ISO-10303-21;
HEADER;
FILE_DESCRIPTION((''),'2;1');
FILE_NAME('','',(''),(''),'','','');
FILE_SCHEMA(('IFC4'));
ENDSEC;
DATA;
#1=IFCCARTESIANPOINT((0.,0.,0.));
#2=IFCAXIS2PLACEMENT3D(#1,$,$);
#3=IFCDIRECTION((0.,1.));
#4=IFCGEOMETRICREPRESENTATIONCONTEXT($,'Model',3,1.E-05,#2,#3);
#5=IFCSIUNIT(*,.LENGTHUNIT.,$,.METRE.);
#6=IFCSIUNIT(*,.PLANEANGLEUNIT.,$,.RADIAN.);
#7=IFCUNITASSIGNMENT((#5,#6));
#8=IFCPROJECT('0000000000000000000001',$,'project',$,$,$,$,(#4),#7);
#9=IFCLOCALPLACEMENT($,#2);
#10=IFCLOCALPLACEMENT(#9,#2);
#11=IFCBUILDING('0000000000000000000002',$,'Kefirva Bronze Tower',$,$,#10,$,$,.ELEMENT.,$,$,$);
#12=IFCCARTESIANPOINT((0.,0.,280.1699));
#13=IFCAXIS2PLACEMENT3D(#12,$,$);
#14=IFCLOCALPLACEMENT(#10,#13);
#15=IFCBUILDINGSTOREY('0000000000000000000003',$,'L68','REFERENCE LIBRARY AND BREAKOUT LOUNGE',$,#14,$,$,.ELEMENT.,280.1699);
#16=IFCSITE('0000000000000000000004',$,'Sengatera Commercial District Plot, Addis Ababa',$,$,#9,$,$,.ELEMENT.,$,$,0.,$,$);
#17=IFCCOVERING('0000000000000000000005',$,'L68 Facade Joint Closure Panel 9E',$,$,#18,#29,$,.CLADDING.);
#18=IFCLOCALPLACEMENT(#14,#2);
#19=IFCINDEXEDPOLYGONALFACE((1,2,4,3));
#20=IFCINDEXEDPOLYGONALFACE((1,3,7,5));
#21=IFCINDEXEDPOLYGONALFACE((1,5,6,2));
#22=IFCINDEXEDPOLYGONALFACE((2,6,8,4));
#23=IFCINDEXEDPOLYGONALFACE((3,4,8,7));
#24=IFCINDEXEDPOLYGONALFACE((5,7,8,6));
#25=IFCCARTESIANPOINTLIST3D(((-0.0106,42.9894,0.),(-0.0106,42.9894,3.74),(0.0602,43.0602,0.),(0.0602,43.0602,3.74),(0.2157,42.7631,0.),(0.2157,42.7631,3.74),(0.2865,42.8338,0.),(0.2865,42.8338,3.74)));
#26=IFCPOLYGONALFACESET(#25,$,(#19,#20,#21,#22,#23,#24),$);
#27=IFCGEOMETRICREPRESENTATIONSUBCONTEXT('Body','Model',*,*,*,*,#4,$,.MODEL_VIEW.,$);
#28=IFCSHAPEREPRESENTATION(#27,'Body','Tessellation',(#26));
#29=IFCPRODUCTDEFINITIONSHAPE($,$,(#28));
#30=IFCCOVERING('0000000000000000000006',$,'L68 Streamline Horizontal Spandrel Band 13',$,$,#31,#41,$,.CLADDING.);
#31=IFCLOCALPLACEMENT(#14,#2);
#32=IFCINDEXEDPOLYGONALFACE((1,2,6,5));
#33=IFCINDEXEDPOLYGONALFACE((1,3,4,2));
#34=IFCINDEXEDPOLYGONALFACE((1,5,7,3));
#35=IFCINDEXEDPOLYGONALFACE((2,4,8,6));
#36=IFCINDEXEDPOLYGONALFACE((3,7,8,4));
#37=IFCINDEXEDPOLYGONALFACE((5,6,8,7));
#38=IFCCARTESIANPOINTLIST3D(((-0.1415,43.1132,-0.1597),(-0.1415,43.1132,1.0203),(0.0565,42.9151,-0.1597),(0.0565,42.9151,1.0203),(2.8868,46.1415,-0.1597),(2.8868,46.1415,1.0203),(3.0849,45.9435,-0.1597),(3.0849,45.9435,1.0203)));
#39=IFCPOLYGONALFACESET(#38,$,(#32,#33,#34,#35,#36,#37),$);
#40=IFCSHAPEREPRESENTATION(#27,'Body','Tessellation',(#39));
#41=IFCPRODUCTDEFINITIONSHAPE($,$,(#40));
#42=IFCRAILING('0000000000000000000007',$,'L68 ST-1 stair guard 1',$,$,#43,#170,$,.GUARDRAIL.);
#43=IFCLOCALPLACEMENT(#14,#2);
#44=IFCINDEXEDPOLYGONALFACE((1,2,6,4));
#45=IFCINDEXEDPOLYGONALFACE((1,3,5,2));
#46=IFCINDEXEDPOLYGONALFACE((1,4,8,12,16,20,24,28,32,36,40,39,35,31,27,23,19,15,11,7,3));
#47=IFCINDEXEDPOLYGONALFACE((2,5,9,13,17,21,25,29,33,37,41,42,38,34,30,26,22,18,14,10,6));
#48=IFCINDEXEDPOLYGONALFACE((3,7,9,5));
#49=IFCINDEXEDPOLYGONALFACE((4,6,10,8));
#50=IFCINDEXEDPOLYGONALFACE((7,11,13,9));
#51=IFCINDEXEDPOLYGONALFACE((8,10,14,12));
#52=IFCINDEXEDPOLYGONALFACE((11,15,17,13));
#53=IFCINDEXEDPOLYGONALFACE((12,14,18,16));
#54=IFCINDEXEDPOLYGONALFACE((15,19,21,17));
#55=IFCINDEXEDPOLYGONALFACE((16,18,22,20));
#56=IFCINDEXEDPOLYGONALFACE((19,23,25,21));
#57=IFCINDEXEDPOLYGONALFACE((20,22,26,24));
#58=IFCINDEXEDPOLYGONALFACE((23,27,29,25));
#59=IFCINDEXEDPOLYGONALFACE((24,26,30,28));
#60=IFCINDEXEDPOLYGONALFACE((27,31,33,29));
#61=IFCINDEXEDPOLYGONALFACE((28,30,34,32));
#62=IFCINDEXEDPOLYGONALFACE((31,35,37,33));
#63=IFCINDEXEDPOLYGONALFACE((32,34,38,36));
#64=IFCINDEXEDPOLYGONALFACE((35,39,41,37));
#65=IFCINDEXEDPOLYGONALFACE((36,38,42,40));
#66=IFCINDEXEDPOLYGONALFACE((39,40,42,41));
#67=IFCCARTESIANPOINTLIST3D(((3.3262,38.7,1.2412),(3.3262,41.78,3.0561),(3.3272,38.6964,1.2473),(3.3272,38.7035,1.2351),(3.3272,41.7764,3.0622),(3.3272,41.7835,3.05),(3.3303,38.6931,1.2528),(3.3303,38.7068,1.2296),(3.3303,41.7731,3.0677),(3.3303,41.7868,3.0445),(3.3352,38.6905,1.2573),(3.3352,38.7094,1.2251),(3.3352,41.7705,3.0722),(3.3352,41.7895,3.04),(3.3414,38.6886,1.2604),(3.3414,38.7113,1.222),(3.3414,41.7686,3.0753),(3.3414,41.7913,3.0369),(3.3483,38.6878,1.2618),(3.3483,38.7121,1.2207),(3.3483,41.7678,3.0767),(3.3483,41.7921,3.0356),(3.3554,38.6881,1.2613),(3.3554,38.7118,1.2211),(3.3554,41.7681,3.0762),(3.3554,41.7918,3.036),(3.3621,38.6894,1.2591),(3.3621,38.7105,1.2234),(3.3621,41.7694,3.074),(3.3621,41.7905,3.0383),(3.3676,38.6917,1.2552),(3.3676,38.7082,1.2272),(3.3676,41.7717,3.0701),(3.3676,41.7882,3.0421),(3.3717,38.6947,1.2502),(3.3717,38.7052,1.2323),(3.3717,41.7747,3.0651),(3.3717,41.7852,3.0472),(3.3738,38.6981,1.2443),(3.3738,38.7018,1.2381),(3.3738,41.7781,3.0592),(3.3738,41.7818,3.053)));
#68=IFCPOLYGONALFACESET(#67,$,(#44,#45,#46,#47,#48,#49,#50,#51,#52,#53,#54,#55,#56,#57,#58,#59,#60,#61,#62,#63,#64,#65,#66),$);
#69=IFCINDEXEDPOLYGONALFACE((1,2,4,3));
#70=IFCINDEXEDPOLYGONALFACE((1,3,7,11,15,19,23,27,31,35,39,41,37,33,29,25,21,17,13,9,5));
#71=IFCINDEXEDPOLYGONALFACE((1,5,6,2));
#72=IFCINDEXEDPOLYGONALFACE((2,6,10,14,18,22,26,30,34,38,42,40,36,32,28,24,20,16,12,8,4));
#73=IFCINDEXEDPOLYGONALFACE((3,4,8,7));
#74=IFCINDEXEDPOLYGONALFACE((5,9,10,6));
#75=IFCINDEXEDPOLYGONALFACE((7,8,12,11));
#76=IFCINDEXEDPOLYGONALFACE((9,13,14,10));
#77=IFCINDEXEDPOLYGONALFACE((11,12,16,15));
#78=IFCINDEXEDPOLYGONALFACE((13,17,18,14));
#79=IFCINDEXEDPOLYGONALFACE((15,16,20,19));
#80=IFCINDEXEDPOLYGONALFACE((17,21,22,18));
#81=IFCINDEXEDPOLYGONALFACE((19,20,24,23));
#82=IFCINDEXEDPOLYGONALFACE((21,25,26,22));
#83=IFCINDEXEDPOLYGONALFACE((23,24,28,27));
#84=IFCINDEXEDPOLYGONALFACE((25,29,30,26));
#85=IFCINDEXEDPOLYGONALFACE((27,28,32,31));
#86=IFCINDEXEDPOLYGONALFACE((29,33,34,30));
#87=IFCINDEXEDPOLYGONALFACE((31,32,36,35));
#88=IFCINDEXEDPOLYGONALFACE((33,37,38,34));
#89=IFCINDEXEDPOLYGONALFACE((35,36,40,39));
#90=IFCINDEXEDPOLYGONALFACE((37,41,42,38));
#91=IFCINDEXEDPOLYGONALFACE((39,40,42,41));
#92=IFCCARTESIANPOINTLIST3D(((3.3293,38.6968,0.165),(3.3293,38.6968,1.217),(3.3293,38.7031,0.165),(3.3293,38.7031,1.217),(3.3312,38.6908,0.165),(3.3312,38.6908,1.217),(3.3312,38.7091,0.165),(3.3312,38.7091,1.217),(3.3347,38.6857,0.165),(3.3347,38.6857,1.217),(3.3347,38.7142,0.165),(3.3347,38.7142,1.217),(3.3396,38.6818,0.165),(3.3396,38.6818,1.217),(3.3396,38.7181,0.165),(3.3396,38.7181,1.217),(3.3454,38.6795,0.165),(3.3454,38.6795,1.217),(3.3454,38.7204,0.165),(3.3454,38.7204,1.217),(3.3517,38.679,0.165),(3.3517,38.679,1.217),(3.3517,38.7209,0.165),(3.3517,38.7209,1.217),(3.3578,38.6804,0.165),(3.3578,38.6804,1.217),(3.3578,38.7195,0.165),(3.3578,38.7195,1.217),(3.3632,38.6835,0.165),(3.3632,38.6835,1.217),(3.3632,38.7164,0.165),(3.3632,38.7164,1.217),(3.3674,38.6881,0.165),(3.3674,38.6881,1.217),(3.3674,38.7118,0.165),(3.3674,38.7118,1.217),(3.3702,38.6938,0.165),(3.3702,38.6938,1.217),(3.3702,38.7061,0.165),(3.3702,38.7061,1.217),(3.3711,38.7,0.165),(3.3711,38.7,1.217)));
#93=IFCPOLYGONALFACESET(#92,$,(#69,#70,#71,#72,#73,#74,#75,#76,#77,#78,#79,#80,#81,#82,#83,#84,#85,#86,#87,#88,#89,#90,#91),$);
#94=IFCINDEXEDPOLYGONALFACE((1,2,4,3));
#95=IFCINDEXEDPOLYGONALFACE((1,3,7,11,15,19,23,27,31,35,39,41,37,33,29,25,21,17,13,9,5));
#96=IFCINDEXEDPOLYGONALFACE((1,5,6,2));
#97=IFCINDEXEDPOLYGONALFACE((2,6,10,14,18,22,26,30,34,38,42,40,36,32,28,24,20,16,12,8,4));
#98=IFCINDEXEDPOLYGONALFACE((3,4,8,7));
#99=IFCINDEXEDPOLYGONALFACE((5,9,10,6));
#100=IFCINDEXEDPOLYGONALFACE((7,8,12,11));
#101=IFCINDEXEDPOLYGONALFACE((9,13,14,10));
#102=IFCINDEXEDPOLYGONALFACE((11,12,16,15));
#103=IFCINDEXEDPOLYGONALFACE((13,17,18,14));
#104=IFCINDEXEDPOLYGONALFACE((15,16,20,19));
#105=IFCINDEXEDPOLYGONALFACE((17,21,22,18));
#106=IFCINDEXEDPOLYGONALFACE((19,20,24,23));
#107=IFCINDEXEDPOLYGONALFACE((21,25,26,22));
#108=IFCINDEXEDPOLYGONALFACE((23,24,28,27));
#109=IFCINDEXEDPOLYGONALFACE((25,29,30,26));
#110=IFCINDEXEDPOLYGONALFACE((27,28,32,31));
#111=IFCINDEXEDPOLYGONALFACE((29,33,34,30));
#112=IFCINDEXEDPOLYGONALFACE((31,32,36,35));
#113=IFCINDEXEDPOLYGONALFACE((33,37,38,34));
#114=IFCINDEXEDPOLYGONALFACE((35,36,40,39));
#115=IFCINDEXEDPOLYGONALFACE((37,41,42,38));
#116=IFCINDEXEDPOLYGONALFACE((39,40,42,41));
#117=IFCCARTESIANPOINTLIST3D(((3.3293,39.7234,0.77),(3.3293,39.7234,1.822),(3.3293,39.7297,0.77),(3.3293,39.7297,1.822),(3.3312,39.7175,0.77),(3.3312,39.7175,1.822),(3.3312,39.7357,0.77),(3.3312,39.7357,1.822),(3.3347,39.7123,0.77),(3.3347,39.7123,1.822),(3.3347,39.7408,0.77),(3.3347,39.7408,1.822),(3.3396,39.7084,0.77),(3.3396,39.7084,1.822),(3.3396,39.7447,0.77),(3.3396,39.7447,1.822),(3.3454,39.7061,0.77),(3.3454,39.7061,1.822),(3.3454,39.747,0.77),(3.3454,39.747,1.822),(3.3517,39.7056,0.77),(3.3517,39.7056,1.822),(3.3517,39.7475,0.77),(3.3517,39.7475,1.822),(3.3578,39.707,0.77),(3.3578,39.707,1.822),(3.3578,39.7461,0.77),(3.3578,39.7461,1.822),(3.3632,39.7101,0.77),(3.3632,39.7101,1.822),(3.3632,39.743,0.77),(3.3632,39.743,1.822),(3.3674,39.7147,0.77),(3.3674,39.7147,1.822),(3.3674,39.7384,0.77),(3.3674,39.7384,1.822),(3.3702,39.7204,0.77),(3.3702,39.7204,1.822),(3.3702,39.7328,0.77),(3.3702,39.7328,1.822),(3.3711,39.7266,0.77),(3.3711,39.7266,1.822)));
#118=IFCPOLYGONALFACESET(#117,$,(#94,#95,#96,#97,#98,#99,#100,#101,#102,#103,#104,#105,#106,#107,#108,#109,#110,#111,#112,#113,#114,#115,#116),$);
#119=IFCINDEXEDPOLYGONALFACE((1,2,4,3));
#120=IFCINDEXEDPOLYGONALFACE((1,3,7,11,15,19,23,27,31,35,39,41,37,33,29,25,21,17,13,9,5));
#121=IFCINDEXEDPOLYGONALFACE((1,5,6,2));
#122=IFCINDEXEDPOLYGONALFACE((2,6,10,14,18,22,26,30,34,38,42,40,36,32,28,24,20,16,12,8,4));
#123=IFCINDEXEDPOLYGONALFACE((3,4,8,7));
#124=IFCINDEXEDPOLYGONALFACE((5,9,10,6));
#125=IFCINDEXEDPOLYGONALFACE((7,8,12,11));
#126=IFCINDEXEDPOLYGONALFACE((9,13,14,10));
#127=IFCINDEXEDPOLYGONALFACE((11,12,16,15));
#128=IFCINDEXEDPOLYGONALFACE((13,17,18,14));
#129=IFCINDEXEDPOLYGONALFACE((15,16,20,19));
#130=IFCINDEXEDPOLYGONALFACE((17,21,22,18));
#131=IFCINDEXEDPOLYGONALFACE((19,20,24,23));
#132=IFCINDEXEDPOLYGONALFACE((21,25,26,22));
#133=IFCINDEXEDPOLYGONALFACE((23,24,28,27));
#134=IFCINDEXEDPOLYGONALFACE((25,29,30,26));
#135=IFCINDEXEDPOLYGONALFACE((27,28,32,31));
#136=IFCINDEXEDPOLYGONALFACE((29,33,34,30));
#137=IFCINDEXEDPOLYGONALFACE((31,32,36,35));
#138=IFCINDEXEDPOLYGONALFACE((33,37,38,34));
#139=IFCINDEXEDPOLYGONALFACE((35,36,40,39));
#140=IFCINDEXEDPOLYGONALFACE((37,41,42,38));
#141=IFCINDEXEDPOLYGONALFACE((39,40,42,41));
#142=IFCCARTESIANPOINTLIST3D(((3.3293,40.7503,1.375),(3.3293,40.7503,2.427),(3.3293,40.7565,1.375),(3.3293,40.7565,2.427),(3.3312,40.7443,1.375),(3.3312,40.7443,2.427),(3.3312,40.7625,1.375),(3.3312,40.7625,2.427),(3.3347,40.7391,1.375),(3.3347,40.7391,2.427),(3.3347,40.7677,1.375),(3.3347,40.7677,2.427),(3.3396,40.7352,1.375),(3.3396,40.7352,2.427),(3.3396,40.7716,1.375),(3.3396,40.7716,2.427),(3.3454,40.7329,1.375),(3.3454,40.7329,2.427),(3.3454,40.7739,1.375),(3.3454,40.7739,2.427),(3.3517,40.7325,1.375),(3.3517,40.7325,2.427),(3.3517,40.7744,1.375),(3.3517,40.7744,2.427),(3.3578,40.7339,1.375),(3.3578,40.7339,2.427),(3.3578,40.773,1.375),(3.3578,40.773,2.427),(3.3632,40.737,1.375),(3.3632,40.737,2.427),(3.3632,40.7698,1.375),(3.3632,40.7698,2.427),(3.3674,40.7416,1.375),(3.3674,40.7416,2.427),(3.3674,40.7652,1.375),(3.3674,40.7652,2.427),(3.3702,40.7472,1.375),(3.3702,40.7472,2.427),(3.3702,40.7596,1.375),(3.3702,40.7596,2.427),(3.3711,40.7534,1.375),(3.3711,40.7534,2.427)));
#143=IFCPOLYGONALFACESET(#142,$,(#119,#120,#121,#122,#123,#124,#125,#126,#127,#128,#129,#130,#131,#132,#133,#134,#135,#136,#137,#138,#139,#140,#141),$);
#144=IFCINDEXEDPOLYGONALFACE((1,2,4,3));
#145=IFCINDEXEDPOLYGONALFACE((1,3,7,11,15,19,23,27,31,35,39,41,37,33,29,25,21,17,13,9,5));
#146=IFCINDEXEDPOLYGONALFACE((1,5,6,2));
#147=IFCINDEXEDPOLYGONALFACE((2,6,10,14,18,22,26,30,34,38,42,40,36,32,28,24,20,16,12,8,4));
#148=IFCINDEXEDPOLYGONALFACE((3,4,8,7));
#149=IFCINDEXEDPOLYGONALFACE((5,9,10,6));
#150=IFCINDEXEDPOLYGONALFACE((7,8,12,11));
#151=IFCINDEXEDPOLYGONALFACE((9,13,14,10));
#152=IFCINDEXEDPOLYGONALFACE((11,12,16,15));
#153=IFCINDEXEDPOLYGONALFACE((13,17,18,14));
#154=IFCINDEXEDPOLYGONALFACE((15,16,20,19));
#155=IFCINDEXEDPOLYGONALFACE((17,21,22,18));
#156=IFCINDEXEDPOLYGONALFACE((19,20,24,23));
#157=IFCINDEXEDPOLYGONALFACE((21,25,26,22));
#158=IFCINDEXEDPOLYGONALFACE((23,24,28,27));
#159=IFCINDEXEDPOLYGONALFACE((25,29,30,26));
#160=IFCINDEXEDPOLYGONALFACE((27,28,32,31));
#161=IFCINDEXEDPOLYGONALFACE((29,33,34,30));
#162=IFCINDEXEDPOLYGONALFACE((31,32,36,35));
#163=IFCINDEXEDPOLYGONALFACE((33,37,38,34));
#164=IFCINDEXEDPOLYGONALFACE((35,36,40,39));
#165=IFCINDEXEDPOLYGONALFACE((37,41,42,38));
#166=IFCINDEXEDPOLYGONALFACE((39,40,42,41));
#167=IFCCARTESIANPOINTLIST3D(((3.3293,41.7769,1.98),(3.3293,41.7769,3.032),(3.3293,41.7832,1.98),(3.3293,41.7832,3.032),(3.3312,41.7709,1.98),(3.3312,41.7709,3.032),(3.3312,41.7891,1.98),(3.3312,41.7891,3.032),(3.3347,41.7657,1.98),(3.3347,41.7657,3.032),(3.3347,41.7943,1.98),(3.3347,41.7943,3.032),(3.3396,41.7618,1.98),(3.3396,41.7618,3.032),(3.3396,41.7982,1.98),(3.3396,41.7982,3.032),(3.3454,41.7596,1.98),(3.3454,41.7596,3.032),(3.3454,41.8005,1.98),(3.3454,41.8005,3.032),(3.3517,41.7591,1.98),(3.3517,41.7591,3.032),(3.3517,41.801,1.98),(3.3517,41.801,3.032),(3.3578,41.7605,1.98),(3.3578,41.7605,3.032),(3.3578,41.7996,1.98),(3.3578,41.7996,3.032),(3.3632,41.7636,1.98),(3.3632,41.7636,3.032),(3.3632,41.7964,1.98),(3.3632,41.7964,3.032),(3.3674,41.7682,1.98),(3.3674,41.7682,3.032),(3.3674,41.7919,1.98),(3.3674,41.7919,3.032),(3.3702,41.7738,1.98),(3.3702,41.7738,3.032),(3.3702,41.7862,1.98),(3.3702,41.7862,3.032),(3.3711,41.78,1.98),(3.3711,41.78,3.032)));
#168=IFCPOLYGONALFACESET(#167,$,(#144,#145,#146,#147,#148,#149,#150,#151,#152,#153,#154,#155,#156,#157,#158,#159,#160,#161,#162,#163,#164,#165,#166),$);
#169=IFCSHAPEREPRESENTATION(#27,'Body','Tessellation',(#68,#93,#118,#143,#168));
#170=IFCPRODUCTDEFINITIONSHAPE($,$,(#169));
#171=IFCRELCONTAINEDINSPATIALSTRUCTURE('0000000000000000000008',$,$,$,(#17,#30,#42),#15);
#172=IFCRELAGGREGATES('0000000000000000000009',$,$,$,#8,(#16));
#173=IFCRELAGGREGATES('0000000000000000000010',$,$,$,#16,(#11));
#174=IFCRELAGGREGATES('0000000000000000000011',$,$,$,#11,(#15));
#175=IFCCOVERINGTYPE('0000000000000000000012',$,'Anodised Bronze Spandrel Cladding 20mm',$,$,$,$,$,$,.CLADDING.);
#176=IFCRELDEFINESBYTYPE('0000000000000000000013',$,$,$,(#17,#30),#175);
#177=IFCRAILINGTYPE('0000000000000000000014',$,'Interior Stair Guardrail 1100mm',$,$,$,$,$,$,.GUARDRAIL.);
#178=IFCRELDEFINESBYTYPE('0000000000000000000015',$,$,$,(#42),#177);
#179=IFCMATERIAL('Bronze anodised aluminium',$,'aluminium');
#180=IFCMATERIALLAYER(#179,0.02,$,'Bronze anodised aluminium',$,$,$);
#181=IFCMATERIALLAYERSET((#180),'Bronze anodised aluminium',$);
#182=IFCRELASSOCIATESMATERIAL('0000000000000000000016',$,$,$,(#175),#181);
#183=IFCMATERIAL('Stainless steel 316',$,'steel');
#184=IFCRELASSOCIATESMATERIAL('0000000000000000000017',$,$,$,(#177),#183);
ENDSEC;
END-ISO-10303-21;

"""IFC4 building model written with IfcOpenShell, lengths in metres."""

from ifc_helpers import new_model, si_unit, direction, frame, origin, origin_2d, place, context, subcontext, project, spatial, rectangle, circle, extrude, material, layer, layer_set, type_object, element, save


model = new_model("IFC4")

# Units and contexts
model_context = context("Model", 3, precision=1e-05, world=origin(), true_north=direction((0.0, 1.0)))
body_context = subcontext(model_context, "Body", "Model", "MODEL_VIEW")
ifc_project = project(units=[si_unit("LENGTHUNIT", "METRE"), si_unit("PLANEANGLEUNIT", "RADIAN")], contexts=[model_context])

# Site, building, storey
site_placement = place(None, origin())
site = spatial("IfcSite", under=ifc_project, at=site_placement, Name="Sengatera Commercial District Plot, Addis Ababa", CompositionType="ELEMENT", RefElevation=0.0)
building_placement = place(site_placement, origin())
building = spatial("IfcBuilding", under=site, at=building_placement, Name="Kefirva Bronze Tower", CompositionType="ELEMENT")
storey_placement = place(building_placement, frame((0.0, 0.0, 280.1699)))
storey = spatial("IfcBuildingStorey", under=building, at=storey_placement, Name="L68", Description="REFERENCE LIBRARY AND BREAKOUT LOUNGE", CompositionType="ELEMENT", Elevation=280.1699)

# Coverings
ifc_material_1 = material(Name="Bronze anodised aluminium", Category="aluminium")
ifc_layer_1 = layer(ifc_material_1, 0.02, Name="Bronze anodised aluminium")
ifc_layer_set_1 = layer_set([ifc_layer_1], Name="Bronze anodised aluminium")
covering_type_1 = type_object("IfcCoveringType", Name="Anodised Bronze Spandrel Cladding 20mm", PredefinedType="CLADDING", material=ifc_layer_set_1)
for number, where, z_axis, x_axis, name in (
    (1, (0.1379, 42.9116, 0.0), (0.0, 0.0, 1.0), (-0.707107, -0.707107, 0.0), "L68 Facade Joint Closure Panel 9E"),
):
    element("IfcCovering", number, at=place(storey_placement, frame(where, z_axis=z_axis, x_axis=x_axis)), inside=storey, type_object=covering_type_1, Name=name, PredefinedType="CLADDING", context=body_context, shape_type="SweptSolid", body=[
        extrude(rectangle(XDim=0.1001, YDim=0.3201, at=origin_2d()), origin(), (0.0, 0.0, 1.0), 3.74),
    ])
covering_1_placement = place(storey_placement, frame((1.4717, 44.5283, -0.1597), z_axis=(0.0, 0.0, 1.0), x_axis=(-0.707107, -0.707107, 0.0)))
element("IfcCovering", 2, at=covering_1_placement, inside=storey, type_object=covering_type_1, Name="L68 Streamline Horizontal Spandrel Band 13", PredefinedType="CLADDING", context=body_context, shape_type="SweptSolid", body=[
    extrude(rectangle(XDim=4.2827, YDim=0.28, at=origin_2d()), origin(), (0.0, 0.0, 1.0), 1.1799),
])

# Railing
ifc_material_2 = material(Name="Stainless steel 316", Category="steel")
railing_type_1 = type_object("IfcRailingType", Name="Interior Stair Guardrail 1100mm", PredefinedType="GUARDRAIL", material=ifc_material_2)
railing_1_placement = place(storey_placement, frame((3.3501, 38.7, 0.165)))
element("IfcRailing", 3, at=railing_1_placement, inside=storey, type_object=railing_type_1, Name="L68 ST-1 stair guard 1", PredefinedType="GUARDRAIL", context=body_context, shape_type="SweptSolid", body=[
    extrude(circle(Radius=0.0239, at=origin_2d()), frame((0.0, 0.0, 1.0762), z_axis=(0.0, 0.861551, 0.507671), x_axis=(-1.0, 0.0, 0.0)), (0.0, 0.0, 1.0), 3.575),
    extrude(circle(Radius=0.021, at=origin_2d()), origin(), (0.0, 0.0, 1.0), 1.052),
    extrude(circle(Radius=0.021, at=origin_2d()), frame((0.0, 1.0266, 0.605)), (0.0, 0.0, 1.0), 1.052),
    extrude(circle(Radius=0.021, at=origin_2d()), frame((0.0, 2.0535, 1.21)), (0.0, 0.0, 1.0), 1.052),
    extrude(circle(Radius=0.021, at=origin_2d()), frame((0.0, 3.0801, 1.8149)), (0.0, 0.0, 1.0), 1.052),
])

save(model, "model.ifc")
